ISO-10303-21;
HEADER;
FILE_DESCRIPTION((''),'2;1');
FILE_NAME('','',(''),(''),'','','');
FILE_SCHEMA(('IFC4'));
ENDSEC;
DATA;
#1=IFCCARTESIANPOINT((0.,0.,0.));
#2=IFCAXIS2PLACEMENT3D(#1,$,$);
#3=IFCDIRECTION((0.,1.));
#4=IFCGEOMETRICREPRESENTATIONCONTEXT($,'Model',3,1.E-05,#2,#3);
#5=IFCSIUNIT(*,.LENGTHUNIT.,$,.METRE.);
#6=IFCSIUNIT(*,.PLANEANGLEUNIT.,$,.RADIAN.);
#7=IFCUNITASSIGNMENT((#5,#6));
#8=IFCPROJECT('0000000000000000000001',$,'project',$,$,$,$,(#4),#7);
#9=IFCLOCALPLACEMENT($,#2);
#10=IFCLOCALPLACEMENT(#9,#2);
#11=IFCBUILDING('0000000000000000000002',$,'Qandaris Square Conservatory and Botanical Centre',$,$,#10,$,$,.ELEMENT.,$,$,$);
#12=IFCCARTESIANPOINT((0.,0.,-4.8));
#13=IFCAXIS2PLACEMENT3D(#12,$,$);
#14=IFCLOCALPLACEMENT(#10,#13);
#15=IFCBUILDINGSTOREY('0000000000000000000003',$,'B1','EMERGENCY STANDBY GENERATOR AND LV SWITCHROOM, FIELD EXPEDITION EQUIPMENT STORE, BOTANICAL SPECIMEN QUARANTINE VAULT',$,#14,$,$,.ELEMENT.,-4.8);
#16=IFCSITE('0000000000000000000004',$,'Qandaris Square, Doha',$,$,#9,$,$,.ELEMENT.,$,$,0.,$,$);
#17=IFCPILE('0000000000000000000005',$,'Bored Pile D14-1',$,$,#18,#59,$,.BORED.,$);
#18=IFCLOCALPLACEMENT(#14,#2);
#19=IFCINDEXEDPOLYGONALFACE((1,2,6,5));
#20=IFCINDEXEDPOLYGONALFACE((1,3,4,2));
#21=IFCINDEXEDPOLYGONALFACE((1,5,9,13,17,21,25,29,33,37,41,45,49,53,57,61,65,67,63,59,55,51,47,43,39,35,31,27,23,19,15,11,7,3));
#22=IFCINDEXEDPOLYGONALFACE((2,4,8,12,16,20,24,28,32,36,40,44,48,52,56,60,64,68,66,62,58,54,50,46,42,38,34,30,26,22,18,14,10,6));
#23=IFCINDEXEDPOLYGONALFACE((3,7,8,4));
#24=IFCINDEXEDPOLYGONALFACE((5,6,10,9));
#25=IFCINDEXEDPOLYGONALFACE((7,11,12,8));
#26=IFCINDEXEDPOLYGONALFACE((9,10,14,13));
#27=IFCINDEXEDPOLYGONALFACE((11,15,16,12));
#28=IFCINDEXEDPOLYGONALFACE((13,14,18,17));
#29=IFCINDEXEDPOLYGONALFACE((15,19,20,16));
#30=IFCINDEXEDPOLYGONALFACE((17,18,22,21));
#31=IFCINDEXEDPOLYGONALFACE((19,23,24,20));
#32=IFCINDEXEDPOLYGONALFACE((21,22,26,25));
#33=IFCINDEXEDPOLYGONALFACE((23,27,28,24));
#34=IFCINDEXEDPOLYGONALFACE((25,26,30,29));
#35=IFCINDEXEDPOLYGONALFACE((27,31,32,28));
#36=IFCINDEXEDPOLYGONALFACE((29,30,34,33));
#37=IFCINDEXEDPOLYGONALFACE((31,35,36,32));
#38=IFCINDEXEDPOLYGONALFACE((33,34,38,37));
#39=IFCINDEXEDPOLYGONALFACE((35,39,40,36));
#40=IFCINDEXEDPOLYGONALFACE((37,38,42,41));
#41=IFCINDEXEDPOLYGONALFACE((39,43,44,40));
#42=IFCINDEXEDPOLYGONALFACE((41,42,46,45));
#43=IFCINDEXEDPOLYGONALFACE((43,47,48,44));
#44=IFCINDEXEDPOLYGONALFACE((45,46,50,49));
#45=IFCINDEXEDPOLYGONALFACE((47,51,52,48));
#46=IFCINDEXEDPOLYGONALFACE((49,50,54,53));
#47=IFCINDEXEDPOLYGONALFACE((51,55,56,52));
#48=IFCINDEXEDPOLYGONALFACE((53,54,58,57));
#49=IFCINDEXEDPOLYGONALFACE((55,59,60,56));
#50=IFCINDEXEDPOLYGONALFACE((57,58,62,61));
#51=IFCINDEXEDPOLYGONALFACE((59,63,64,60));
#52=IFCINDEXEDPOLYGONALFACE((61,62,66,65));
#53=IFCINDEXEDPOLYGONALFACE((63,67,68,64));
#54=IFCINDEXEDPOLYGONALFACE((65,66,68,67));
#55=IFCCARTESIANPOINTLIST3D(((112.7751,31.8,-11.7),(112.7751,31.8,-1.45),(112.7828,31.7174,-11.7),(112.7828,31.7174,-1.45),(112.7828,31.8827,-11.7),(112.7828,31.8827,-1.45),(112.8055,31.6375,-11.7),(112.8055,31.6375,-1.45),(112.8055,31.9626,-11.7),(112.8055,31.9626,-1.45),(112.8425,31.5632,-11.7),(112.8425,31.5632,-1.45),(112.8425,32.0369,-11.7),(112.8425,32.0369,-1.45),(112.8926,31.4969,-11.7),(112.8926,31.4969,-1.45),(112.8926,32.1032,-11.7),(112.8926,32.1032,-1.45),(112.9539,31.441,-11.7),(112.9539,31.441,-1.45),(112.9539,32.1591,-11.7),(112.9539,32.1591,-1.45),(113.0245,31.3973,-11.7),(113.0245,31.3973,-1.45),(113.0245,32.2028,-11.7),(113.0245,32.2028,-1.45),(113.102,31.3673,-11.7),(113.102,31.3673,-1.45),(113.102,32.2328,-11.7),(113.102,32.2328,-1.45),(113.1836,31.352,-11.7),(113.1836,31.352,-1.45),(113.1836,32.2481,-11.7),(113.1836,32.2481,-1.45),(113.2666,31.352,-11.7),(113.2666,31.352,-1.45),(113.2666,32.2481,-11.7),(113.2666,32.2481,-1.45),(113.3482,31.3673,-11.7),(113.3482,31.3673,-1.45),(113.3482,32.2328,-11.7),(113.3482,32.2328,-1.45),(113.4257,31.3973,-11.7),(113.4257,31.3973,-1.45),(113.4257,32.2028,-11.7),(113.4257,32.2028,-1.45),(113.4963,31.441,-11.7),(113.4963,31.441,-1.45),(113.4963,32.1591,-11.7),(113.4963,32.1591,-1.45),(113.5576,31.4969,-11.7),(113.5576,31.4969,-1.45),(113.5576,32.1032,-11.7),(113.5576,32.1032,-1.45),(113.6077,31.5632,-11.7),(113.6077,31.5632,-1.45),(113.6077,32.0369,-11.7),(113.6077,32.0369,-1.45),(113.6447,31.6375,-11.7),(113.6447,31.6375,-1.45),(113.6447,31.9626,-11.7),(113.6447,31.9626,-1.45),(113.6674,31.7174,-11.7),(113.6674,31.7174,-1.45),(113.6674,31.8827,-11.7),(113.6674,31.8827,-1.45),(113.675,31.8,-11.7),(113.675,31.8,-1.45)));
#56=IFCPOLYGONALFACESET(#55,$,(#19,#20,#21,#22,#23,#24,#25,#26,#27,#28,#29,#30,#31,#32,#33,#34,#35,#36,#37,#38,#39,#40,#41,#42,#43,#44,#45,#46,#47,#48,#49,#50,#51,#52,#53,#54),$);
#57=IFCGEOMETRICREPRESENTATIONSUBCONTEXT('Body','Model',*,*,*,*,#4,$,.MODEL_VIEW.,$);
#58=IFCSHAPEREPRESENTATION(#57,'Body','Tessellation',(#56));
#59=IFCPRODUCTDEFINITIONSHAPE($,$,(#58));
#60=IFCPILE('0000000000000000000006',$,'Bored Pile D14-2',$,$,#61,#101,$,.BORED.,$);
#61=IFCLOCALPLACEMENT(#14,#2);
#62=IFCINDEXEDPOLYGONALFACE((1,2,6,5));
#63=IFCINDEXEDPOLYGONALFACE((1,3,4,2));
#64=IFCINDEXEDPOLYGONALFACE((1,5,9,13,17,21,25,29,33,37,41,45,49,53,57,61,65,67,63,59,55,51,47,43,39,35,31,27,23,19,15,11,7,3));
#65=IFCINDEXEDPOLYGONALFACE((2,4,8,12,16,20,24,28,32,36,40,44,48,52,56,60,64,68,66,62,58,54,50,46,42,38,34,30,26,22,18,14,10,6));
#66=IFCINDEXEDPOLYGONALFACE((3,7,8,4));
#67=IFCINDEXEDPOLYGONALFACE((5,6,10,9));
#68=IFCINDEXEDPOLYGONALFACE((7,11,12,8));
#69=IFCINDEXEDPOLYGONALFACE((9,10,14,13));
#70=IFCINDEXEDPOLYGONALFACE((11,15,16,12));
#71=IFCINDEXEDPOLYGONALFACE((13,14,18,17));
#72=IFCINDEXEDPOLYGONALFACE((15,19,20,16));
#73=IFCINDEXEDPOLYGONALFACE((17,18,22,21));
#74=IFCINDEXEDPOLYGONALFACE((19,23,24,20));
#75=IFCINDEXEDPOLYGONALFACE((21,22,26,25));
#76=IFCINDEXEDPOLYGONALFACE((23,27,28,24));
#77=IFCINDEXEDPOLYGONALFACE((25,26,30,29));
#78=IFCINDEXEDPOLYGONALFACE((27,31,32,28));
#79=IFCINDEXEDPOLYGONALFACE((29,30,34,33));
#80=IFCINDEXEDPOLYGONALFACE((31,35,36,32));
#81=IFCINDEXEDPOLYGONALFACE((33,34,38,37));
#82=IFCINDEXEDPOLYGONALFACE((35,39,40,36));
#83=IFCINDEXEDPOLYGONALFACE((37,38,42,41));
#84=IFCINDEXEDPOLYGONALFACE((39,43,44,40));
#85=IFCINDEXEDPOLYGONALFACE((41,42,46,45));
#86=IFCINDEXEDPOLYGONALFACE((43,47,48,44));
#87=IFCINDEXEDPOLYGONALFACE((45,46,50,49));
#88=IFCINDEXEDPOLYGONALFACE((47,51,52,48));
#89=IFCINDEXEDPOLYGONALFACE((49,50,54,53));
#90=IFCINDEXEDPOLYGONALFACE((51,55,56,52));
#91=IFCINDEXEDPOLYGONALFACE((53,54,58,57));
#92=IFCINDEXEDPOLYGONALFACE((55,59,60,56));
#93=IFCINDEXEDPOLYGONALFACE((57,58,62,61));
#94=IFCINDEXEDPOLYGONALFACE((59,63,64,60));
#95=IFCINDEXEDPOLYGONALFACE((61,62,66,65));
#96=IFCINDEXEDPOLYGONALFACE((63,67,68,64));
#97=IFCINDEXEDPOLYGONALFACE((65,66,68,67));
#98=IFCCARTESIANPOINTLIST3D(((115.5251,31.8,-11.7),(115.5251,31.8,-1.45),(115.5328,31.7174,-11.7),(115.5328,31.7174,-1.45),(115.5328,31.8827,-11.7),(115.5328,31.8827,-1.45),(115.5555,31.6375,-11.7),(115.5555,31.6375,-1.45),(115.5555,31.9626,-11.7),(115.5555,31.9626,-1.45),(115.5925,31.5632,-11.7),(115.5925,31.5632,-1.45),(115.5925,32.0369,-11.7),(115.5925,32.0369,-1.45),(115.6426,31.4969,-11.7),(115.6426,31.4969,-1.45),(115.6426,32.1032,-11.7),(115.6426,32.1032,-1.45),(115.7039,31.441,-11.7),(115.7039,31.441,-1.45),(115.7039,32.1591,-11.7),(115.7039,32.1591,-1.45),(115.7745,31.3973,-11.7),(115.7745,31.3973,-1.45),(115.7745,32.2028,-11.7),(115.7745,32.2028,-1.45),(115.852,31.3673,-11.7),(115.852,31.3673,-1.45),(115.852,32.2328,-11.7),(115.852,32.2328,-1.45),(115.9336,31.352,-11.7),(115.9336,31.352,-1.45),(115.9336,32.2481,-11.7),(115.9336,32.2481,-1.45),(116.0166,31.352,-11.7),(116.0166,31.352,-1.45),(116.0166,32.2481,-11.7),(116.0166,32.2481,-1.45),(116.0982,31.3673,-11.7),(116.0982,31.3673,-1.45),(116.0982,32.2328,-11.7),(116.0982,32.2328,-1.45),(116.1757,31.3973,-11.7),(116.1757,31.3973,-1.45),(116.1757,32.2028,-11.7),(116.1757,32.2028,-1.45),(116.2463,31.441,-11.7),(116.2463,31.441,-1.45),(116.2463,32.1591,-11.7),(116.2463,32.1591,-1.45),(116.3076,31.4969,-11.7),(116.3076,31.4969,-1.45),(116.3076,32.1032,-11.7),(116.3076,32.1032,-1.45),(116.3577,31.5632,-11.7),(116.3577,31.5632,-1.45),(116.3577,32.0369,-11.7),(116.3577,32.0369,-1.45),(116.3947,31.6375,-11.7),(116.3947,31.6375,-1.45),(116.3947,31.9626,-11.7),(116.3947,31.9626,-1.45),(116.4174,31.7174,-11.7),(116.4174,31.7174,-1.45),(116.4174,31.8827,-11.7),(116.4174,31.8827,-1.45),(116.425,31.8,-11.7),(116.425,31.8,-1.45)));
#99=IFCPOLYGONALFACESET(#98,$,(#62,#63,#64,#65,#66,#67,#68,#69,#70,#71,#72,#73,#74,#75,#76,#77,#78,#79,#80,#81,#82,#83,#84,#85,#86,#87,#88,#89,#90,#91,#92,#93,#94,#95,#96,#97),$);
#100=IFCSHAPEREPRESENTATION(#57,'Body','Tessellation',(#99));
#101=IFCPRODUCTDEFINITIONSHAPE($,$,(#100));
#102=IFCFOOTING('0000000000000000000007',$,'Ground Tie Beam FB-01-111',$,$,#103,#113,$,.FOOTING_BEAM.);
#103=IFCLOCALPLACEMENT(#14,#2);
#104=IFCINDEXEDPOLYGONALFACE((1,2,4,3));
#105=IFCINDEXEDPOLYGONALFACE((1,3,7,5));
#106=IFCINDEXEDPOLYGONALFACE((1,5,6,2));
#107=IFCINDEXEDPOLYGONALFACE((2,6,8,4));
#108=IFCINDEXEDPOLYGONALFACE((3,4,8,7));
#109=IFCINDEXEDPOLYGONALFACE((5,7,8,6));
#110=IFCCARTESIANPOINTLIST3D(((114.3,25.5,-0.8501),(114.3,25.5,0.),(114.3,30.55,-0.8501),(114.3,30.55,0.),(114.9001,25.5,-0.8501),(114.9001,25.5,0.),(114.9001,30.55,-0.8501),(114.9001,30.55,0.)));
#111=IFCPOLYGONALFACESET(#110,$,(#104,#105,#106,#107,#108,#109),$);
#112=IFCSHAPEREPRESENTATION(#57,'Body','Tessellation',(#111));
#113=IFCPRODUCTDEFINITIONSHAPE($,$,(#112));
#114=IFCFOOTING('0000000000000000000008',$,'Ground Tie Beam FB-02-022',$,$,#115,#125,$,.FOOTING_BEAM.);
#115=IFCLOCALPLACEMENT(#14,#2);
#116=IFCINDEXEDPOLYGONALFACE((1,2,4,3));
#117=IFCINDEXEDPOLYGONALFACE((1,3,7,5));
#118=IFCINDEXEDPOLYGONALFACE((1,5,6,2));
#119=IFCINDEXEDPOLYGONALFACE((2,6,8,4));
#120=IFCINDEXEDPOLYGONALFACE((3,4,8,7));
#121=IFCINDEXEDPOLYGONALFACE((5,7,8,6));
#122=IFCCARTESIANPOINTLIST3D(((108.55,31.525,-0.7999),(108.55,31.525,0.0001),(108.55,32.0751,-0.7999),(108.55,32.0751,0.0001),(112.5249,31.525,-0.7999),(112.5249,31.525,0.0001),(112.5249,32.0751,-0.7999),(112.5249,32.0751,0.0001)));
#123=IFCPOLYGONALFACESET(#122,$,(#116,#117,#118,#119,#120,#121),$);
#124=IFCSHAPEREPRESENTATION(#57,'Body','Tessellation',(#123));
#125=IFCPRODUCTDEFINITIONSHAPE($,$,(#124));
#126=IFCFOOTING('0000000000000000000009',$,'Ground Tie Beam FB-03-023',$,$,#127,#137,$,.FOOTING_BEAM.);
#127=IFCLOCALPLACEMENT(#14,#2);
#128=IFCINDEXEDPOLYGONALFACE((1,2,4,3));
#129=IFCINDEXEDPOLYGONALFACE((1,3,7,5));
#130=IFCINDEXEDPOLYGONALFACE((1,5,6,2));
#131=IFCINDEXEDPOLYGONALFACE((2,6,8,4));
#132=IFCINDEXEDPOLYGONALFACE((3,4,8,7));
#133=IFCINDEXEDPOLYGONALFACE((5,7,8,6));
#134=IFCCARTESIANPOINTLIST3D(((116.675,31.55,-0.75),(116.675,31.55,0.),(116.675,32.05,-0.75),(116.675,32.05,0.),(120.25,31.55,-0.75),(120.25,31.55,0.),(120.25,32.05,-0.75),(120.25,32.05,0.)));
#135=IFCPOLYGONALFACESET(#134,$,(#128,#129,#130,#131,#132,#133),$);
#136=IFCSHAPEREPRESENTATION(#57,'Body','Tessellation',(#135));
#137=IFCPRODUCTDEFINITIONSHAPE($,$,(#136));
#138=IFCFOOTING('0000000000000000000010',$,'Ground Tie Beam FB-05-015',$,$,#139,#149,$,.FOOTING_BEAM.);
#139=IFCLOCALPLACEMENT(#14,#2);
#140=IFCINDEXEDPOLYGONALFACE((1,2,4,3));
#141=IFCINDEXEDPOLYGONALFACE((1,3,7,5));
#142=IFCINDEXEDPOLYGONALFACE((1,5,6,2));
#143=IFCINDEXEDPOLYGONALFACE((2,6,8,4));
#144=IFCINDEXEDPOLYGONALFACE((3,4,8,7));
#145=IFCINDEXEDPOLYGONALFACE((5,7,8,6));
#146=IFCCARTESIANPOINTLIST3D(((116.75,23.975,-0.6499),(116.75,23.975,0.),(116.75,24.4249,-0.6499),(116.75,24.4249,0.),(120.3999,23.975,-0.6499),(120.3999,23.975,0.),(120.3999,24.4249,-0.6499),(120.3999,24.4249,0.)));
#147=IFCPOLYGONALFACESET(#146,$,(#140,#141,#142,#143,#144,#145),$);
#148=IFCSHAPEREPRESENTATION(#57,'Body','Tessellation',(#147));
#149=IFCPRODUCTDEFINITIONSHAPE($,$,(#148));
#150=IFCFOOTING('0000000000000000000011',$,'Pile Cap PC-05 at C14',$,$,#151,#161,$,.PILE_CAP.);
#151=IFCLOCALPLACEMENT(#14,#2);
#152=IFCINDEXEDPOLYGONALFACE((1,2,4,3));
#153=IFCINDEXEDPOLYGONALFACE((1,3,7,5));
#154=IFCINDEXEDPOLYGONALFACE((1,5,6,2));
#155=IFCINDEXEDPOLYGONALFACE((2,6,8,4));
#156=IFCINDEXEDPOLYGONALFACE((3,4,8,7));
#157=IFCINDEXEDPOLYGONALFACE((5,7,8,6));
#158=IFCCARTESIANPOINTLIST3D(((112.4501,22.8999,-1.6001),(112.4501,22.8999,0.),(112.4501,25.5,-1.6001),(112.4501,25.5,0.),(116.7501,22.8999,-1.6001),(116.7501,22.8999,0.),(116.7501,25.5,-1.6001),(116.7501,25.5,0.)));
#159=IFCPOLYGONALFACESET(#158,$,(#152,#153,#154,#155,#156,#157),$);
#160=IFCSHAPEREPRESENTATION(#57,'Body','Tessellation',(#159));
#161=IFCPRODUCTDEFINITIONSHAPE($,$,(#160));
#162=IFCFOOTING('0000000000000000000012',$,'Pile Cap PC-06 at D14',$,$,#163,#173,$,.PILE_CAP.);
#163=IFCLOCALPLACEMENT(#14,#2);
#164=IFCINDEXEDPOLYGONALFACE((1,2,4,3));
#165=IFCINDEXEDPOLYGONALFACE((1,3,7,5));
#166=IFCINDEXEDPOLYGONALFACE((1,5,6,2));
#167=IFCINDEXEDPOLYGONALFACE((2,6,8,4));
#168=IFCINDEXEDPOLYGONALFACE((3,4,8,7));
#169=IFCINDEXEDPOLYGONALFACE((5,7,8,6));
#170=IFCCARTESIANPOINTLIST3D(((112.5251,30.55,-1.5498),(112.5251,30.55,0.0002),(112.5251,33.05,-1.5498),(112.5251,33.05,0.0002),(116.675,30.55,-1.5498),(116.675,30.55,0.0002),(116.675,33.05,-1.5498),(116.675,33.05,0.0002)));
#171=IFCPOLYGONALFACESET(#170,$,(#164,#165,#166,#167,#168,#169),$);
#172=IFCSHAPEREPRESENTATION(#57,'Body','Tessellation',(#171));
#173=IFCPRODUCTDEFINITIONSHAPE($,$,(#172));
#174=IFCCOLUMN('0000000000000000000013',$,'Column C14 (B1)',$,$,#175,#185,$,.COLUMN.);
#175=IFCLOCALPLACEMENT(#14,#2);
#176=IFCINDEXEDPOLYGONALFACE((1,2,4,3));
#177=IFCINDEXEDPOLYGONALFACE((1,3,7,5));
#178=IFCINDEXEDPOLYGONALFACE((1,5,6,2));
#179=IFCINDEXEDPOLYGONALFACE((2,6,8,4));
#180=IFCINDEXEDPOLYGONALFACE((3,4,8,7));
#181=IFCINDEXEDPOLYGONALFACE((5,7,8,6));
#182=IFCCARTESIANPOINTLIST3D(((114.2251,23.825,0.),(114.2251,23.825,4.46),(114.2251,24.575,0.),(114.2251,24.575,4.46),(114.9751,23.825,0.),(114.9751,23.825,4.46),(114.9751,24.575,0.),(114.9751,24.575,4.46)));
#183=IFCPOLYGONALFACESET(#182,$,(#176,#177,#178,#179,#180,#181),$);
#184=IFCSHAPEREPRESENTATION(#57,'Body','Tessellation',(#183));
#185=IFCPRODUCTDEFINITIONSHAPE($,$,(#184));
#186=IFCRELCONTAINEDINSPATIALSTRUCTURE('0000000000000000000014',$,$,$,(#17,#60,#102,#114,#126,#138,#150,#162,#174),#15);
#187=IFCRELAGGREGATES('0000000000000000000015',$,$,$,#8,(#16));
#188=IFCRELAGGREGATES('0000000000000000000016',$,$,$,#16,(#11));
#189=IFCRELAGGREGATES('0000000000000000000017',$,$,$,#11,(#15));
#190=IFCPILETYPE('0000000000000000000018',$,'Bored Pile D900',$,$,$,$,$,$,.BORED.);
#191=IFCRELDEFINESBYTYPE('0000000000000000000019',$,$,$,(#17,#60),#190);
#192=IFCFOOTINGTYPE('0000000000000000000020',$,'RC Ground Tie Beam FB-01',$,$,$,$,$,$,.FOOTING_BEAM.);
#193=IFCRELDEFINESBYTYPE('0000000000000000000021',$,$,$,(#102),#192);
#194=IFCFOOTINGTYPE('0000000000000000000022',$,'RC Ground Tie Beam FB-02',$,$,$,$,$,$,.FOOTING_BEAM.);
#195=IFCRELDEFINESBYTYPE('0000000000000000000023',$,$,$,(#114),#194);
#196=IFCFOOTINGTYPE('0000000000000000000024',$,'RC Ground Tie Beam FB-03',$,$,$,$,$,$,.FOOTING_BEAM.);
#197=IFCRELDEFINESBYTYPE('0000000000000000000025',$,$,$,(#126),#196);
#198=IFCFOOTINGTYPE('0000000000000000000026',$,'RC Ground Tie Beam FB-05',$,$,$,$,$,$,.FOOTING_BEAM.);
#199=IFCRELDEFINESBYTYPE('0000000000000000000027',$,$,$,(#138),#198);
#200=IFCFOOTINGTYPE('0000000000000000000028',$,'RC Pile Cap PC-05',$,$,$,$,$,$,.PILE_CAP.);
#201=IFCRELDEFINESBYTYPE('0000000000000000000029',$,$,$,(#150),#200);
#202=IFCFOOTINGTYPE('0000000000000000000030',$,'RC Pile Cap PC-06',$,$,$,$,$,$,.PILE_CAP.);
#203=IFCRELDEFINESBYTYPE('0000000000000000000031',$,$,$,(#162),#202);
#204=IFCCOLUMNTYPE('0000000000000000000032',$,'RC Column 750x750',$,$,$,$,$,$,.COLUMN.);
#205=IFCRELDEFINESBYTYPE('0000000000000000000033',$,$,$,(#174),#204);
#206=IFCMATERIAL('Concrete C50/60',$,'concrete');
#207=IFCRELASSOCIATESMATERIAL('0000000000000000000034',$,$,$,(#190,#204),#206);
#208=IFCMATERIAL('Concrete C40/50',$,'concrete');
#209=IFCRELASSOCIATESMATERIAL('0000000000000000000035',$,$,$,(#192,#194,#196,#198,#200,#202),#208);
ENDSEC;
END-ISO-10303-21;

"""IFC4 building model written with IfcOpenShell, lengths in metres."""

from ifc_helpers import new_model, si_unit, direction, frame, origin, origin_2d, place, context, subcontext, project, spatial, rectangle, circle, extrude, material, material_profile, profile_set, type_object, element, save


model = new_model("IFC4")

# Units and contexts
model_context = context("Model", 3, precision=1e-05, world=origin(), true_north=direction((0.0, 1.0)))
body_context = subcontext(model_context, "Body", "Model", "MODEL_VIEW")
ifc_project = project(units=[si_unit("LENGTHUNIT", "METRE"), si_unit("PLANEANGLEUNIT", "RADIAN")], contexts=[model_context])

# Site, building, storey
site_placement = place(None, origin())
site = spatial("IfcSite", under=ifc_project, at=site_placement, Name="Qandaris Square, Doha", CompositionType="ELEMENT", RefElevation=0.0)
building_placement = place(site_placement, origin())
building = spatial("IfcBuilding", under=site, at=building_placement, Name="Qandaris Square Conservatory and Botanical Centre", CompositionType="ELEMENT")
storey_placement = place(building_placement, frame((0.0, 0.0, -4.8)))
storey = spatial("IfcBuildingStorey", under=building, at=storey_placement, Name="B1", Description="EMERGENCY STANDBY GENERATOR AND LV SWITCHROOM, FIELD EXPEDITION EQUIPMENT STORE, BOTANICAL SPECIMEN QUARANTINE VAULT", CompositionType="ELEMENT", Elevation=-4.8)

# Piles
ifc_material_1 = material(Name="Concrete C50/60", Category="concrete")
ifc_material_profile_1 = material_profile(ifc_material_1, circle(Radius=0.45, at=origin_2d()), Name="PILE D900")
ifc_profile_set_1 = profile_set([ifc_material_profile_1], Name="Concrete C50/60")
pile_type_1 = type_object("IfcPileType", Name="Bored Pile D900", PredefinedType="BORED", material=ifc_profile_set_1)
for number, where, z_axis, x_axis, name in (
    (1, (113.2251, 31.8, -1.45), (0.0, 0.0, -1.0), (1.0, 0.0, 0.0), "Bored Pile D14-1"),
    (2, (115.9751, 31.8, -1.45), (0.0, 0.0, -1.0), (1.0, 0.0, 0.0), "Bored Pile D14-2"),
):
    element("IfcPile", number, at=place(storey_placement, frame(where, z_axis=z_axis, x_axis=x_axis)), inside=storey, type_object=pile_type_1, Name=name, PredefinedType="BORED", context=body_context, shape_type="SweptSolid", body=[
        extrude(circle(Radius=0.45, at=origin_2d()), origin(), (0.0, 0.0, 1.0), 10.25),
    ])

# Footings
ifc_material_2 = material(Name="Concrete C40/50", Category="concrete")
ifc_material_profile_2 = material_profile(ifc_material_2, rectangle(XDim=0.6001, YDim=0.8501, at=origin_2d()), Name="FB 600x850")
ifc_profile_set_2 = profile_set([ifc_material_profile_2], Name="Concrete C40/50")
footing_type_1 = type_object("IfcFootingType", Name="RC Ground Tie Beam FB-01", PredefinedType="FOOTING_BEAM", material=ifc_profile_set_2)
footing_1_placement = place(storey_placement, frame((114.6001, 25.5, -0.425), z_axis=(0.0, 1.0, 0.0), x_axis=(-1.0, 0.0, 0.0)))
element("IfcFooting", 3, at=footing_1_placement, inside=storey, type_object=footing_type_1, Name="Ground Tie Beam FB-01-111", PredefinedType="FOOTING_BEAM", context=body_context, shape_type="SweptSolid", body=[
    extrude(rectangle(XDim=0.6001, YDim=0.8501, at=origin_2d()), origin(), (0.0, 0.0, 1.0), 5.05),
])
ifc_material_profile_3 = material_profile(ifc_material_2, rectangle(XDim=0.55, YDim=0.8, at=origin_2d()), Name="FB 550x800")
ifc_profile_set_3 = profile_set([ifc_material_profile_3], Name="Concrete C40/50")
footing_type_2 = type_object("IfcFootingType", Name="RC Ground Tie Beam FB-02", PredefinedType="FOOTING_BEAM", material=ifc_profile_set_3)
footing_2_placement = place(storey_placement, frame((108.55, 31.8, -0.3999), z_axis=(1.0, 0.0, 0.0), x_axis=(0.0, 1.0, 0.0)))
element("IfcFooting", 4, at=footing_2_placement, inside=storey, type_object=footing_type_2, Name="Ground Tie Beam FB-02-022", PredefinedType="FOOTING_BEAM", context=body_context, shape_type="SweptSolid", body=[
    extrude(rectangle(XDim=0.55, YDim=0.8, at=origin_2d()), origin(), (0.0, 0.0, 1.0), 3.9749),
])
ifc_material_profile_4 = material_profile(ifc_material_2, rectangle(XDim=0.5, YDim=0.75, at=origin_2d()), Name="FB 500x750")
ifc_profile_set_4 = profile_set([ifc_material_profile_4], Name="Concrete C40/50")
footing_type_3 = type_object("IfcFootingType", Name="RC Ground Tie Beam FB-03", PredefinedType="FOOTING_BEAM", material=ifc_profile_set_4)
footing_3_placement = place(storey_placement, frame((116.675, 31.8, -0.375), z_axis=(1.0, 0.0, 0.0), x_axis=(0.0, 1.0, 0.0)))
element("IfcFooting", 5, at=footing_3_placement, inside=storey, type_object=footing_type_3, Name="Ground Tie Beam FB-03-023", PredefinedType="FOOTING_BEAM", context=body_context, shape_type="SweptSolid", body=[
    extrude(rectangle(XDim=0.5, YDim=0.75, at=origin_2d()), origin(), (0.0, 0.0, 1.0), 3.575),
])
ifc_material_profile_5 = material_profile(ifc_material_2, rectangle(XDim=0.45, YDim=0.6499, at=origin_2d()), Name="FB 450x650")
ifc_profile_set_5 = profile_set([ifc_material_profile_5], Name="Concrete C40/50")
footing_type_4 = type_object("IfcFootingType", Name="RC Ground Tie Beam FB-05", PredefinedType="FOOTING_BEAM", material=ifc_profile_set_5)
footing_4_placement = place(storey_placement, frame((116.75, 24.2, -0.325), z_axis=(1.0, 0.0, 0.0), x_axis=(0.0, 1.0, 0.0)))
element("IfcFooting", 6, at=footing_4_placement, inside=storey, type_object=footing_type_4, Name="Ground Tie Beam FB-05-015", PredefinedType="FOOTING_BEAM", context=body_context, shape_type="SweptSolid", body=[
    extrude(rectangle(XDim=0.45, YDim=0.6499, at=origin_2d()), origin(), (0.0, 0.0, 1.0), 3.6499),
])
footing_type_5 = type_object("IfcFootingType", Name="RC Pile Cap PC-05", PredefinedType="PILE_CAP", material=ifc_material_2)
footing_5_placement = place(storey_placement, frame((114.6001, 24.2, -1.6001), z_axis=(0.0, 0.0, 1.0), x_axis=(1.0, 0.0, 0.0)))
element("IfcFooting", 7, at=footing_5_placement, inside=storey, type_object=footing_type_5, Name="Pile Cap PC-05 at C14", PredefinedType="PILE_CAP", context=body_context, shape_type="SweptSolid", body=[
    extrude(rectangle(XDim=4.3, YDim=2.6001, at=origin_2d()), origin(), (0.0, 0.0, 1.0), 1.6001),
])
footing_type_6 = type_object("IfcFootingType", Name="RC Pile Cap PC-06", PredefinedType="PILE_CAP", material=ifc_material_2)
footing_6_placement = place(storey_placement, frame((114.6001, 31.8, -1.5498), z_axis=(0.0, 0.0, 1.0), x_axis=(1.0, 0.0, 0.0)))
element("IfcFooting", 8, at=footing_6_placement, inside=storey, type_object=footing_type_6, Name="Pile Cap PC-06 at D14", PredefinedType="PILE_CAP", context=body_context, shape_type="SweptSolid", body=[
    extrude(rectangle(XDim=4.1499, YDim=2.5, at=origin_2d()), origin(), (0.0, 0.0, 1.0), 1.55),
])

# Column
ifc_material_profile_6 = material_profile(ifc_material_1, rectangle(XDim=0.75, YDim=0.75, at=origin_2d()), Name="RC-COL 750x750")
ifc_profile_set_6 = profile_set([ifc_material_profile_6], Name="Concrete C50/60")
column_type = type_object("IfcColumnType", Name="RC Column 750x750", PredefinedType="COLUMN", material=ifc_profile_set_6)
for number, where, z_axis, x_axis, name in (
    (9, (114.6001, 24.2, 0.0), (0.0, 0.0, 1.0), (1.0, 0.0, 0.0), "Column C14 (B1)"),
):
    element("IfcColumn", number, at=place(storey_placement, frame(where, z_axis=z_axis, x_axis=x_axis)), inside=storey, type_object=column_type, Name=name, PredefinedType="COLUMN", context=body_context, shape_type="SweptSolid", body=[
        extrude(rectangle(XDim=0.75, YDim=0.75, at=origin_2d()), origin(), (0.0, 0.0, 1.0), 4.46),
    ])

save(model, "model.ifc")
